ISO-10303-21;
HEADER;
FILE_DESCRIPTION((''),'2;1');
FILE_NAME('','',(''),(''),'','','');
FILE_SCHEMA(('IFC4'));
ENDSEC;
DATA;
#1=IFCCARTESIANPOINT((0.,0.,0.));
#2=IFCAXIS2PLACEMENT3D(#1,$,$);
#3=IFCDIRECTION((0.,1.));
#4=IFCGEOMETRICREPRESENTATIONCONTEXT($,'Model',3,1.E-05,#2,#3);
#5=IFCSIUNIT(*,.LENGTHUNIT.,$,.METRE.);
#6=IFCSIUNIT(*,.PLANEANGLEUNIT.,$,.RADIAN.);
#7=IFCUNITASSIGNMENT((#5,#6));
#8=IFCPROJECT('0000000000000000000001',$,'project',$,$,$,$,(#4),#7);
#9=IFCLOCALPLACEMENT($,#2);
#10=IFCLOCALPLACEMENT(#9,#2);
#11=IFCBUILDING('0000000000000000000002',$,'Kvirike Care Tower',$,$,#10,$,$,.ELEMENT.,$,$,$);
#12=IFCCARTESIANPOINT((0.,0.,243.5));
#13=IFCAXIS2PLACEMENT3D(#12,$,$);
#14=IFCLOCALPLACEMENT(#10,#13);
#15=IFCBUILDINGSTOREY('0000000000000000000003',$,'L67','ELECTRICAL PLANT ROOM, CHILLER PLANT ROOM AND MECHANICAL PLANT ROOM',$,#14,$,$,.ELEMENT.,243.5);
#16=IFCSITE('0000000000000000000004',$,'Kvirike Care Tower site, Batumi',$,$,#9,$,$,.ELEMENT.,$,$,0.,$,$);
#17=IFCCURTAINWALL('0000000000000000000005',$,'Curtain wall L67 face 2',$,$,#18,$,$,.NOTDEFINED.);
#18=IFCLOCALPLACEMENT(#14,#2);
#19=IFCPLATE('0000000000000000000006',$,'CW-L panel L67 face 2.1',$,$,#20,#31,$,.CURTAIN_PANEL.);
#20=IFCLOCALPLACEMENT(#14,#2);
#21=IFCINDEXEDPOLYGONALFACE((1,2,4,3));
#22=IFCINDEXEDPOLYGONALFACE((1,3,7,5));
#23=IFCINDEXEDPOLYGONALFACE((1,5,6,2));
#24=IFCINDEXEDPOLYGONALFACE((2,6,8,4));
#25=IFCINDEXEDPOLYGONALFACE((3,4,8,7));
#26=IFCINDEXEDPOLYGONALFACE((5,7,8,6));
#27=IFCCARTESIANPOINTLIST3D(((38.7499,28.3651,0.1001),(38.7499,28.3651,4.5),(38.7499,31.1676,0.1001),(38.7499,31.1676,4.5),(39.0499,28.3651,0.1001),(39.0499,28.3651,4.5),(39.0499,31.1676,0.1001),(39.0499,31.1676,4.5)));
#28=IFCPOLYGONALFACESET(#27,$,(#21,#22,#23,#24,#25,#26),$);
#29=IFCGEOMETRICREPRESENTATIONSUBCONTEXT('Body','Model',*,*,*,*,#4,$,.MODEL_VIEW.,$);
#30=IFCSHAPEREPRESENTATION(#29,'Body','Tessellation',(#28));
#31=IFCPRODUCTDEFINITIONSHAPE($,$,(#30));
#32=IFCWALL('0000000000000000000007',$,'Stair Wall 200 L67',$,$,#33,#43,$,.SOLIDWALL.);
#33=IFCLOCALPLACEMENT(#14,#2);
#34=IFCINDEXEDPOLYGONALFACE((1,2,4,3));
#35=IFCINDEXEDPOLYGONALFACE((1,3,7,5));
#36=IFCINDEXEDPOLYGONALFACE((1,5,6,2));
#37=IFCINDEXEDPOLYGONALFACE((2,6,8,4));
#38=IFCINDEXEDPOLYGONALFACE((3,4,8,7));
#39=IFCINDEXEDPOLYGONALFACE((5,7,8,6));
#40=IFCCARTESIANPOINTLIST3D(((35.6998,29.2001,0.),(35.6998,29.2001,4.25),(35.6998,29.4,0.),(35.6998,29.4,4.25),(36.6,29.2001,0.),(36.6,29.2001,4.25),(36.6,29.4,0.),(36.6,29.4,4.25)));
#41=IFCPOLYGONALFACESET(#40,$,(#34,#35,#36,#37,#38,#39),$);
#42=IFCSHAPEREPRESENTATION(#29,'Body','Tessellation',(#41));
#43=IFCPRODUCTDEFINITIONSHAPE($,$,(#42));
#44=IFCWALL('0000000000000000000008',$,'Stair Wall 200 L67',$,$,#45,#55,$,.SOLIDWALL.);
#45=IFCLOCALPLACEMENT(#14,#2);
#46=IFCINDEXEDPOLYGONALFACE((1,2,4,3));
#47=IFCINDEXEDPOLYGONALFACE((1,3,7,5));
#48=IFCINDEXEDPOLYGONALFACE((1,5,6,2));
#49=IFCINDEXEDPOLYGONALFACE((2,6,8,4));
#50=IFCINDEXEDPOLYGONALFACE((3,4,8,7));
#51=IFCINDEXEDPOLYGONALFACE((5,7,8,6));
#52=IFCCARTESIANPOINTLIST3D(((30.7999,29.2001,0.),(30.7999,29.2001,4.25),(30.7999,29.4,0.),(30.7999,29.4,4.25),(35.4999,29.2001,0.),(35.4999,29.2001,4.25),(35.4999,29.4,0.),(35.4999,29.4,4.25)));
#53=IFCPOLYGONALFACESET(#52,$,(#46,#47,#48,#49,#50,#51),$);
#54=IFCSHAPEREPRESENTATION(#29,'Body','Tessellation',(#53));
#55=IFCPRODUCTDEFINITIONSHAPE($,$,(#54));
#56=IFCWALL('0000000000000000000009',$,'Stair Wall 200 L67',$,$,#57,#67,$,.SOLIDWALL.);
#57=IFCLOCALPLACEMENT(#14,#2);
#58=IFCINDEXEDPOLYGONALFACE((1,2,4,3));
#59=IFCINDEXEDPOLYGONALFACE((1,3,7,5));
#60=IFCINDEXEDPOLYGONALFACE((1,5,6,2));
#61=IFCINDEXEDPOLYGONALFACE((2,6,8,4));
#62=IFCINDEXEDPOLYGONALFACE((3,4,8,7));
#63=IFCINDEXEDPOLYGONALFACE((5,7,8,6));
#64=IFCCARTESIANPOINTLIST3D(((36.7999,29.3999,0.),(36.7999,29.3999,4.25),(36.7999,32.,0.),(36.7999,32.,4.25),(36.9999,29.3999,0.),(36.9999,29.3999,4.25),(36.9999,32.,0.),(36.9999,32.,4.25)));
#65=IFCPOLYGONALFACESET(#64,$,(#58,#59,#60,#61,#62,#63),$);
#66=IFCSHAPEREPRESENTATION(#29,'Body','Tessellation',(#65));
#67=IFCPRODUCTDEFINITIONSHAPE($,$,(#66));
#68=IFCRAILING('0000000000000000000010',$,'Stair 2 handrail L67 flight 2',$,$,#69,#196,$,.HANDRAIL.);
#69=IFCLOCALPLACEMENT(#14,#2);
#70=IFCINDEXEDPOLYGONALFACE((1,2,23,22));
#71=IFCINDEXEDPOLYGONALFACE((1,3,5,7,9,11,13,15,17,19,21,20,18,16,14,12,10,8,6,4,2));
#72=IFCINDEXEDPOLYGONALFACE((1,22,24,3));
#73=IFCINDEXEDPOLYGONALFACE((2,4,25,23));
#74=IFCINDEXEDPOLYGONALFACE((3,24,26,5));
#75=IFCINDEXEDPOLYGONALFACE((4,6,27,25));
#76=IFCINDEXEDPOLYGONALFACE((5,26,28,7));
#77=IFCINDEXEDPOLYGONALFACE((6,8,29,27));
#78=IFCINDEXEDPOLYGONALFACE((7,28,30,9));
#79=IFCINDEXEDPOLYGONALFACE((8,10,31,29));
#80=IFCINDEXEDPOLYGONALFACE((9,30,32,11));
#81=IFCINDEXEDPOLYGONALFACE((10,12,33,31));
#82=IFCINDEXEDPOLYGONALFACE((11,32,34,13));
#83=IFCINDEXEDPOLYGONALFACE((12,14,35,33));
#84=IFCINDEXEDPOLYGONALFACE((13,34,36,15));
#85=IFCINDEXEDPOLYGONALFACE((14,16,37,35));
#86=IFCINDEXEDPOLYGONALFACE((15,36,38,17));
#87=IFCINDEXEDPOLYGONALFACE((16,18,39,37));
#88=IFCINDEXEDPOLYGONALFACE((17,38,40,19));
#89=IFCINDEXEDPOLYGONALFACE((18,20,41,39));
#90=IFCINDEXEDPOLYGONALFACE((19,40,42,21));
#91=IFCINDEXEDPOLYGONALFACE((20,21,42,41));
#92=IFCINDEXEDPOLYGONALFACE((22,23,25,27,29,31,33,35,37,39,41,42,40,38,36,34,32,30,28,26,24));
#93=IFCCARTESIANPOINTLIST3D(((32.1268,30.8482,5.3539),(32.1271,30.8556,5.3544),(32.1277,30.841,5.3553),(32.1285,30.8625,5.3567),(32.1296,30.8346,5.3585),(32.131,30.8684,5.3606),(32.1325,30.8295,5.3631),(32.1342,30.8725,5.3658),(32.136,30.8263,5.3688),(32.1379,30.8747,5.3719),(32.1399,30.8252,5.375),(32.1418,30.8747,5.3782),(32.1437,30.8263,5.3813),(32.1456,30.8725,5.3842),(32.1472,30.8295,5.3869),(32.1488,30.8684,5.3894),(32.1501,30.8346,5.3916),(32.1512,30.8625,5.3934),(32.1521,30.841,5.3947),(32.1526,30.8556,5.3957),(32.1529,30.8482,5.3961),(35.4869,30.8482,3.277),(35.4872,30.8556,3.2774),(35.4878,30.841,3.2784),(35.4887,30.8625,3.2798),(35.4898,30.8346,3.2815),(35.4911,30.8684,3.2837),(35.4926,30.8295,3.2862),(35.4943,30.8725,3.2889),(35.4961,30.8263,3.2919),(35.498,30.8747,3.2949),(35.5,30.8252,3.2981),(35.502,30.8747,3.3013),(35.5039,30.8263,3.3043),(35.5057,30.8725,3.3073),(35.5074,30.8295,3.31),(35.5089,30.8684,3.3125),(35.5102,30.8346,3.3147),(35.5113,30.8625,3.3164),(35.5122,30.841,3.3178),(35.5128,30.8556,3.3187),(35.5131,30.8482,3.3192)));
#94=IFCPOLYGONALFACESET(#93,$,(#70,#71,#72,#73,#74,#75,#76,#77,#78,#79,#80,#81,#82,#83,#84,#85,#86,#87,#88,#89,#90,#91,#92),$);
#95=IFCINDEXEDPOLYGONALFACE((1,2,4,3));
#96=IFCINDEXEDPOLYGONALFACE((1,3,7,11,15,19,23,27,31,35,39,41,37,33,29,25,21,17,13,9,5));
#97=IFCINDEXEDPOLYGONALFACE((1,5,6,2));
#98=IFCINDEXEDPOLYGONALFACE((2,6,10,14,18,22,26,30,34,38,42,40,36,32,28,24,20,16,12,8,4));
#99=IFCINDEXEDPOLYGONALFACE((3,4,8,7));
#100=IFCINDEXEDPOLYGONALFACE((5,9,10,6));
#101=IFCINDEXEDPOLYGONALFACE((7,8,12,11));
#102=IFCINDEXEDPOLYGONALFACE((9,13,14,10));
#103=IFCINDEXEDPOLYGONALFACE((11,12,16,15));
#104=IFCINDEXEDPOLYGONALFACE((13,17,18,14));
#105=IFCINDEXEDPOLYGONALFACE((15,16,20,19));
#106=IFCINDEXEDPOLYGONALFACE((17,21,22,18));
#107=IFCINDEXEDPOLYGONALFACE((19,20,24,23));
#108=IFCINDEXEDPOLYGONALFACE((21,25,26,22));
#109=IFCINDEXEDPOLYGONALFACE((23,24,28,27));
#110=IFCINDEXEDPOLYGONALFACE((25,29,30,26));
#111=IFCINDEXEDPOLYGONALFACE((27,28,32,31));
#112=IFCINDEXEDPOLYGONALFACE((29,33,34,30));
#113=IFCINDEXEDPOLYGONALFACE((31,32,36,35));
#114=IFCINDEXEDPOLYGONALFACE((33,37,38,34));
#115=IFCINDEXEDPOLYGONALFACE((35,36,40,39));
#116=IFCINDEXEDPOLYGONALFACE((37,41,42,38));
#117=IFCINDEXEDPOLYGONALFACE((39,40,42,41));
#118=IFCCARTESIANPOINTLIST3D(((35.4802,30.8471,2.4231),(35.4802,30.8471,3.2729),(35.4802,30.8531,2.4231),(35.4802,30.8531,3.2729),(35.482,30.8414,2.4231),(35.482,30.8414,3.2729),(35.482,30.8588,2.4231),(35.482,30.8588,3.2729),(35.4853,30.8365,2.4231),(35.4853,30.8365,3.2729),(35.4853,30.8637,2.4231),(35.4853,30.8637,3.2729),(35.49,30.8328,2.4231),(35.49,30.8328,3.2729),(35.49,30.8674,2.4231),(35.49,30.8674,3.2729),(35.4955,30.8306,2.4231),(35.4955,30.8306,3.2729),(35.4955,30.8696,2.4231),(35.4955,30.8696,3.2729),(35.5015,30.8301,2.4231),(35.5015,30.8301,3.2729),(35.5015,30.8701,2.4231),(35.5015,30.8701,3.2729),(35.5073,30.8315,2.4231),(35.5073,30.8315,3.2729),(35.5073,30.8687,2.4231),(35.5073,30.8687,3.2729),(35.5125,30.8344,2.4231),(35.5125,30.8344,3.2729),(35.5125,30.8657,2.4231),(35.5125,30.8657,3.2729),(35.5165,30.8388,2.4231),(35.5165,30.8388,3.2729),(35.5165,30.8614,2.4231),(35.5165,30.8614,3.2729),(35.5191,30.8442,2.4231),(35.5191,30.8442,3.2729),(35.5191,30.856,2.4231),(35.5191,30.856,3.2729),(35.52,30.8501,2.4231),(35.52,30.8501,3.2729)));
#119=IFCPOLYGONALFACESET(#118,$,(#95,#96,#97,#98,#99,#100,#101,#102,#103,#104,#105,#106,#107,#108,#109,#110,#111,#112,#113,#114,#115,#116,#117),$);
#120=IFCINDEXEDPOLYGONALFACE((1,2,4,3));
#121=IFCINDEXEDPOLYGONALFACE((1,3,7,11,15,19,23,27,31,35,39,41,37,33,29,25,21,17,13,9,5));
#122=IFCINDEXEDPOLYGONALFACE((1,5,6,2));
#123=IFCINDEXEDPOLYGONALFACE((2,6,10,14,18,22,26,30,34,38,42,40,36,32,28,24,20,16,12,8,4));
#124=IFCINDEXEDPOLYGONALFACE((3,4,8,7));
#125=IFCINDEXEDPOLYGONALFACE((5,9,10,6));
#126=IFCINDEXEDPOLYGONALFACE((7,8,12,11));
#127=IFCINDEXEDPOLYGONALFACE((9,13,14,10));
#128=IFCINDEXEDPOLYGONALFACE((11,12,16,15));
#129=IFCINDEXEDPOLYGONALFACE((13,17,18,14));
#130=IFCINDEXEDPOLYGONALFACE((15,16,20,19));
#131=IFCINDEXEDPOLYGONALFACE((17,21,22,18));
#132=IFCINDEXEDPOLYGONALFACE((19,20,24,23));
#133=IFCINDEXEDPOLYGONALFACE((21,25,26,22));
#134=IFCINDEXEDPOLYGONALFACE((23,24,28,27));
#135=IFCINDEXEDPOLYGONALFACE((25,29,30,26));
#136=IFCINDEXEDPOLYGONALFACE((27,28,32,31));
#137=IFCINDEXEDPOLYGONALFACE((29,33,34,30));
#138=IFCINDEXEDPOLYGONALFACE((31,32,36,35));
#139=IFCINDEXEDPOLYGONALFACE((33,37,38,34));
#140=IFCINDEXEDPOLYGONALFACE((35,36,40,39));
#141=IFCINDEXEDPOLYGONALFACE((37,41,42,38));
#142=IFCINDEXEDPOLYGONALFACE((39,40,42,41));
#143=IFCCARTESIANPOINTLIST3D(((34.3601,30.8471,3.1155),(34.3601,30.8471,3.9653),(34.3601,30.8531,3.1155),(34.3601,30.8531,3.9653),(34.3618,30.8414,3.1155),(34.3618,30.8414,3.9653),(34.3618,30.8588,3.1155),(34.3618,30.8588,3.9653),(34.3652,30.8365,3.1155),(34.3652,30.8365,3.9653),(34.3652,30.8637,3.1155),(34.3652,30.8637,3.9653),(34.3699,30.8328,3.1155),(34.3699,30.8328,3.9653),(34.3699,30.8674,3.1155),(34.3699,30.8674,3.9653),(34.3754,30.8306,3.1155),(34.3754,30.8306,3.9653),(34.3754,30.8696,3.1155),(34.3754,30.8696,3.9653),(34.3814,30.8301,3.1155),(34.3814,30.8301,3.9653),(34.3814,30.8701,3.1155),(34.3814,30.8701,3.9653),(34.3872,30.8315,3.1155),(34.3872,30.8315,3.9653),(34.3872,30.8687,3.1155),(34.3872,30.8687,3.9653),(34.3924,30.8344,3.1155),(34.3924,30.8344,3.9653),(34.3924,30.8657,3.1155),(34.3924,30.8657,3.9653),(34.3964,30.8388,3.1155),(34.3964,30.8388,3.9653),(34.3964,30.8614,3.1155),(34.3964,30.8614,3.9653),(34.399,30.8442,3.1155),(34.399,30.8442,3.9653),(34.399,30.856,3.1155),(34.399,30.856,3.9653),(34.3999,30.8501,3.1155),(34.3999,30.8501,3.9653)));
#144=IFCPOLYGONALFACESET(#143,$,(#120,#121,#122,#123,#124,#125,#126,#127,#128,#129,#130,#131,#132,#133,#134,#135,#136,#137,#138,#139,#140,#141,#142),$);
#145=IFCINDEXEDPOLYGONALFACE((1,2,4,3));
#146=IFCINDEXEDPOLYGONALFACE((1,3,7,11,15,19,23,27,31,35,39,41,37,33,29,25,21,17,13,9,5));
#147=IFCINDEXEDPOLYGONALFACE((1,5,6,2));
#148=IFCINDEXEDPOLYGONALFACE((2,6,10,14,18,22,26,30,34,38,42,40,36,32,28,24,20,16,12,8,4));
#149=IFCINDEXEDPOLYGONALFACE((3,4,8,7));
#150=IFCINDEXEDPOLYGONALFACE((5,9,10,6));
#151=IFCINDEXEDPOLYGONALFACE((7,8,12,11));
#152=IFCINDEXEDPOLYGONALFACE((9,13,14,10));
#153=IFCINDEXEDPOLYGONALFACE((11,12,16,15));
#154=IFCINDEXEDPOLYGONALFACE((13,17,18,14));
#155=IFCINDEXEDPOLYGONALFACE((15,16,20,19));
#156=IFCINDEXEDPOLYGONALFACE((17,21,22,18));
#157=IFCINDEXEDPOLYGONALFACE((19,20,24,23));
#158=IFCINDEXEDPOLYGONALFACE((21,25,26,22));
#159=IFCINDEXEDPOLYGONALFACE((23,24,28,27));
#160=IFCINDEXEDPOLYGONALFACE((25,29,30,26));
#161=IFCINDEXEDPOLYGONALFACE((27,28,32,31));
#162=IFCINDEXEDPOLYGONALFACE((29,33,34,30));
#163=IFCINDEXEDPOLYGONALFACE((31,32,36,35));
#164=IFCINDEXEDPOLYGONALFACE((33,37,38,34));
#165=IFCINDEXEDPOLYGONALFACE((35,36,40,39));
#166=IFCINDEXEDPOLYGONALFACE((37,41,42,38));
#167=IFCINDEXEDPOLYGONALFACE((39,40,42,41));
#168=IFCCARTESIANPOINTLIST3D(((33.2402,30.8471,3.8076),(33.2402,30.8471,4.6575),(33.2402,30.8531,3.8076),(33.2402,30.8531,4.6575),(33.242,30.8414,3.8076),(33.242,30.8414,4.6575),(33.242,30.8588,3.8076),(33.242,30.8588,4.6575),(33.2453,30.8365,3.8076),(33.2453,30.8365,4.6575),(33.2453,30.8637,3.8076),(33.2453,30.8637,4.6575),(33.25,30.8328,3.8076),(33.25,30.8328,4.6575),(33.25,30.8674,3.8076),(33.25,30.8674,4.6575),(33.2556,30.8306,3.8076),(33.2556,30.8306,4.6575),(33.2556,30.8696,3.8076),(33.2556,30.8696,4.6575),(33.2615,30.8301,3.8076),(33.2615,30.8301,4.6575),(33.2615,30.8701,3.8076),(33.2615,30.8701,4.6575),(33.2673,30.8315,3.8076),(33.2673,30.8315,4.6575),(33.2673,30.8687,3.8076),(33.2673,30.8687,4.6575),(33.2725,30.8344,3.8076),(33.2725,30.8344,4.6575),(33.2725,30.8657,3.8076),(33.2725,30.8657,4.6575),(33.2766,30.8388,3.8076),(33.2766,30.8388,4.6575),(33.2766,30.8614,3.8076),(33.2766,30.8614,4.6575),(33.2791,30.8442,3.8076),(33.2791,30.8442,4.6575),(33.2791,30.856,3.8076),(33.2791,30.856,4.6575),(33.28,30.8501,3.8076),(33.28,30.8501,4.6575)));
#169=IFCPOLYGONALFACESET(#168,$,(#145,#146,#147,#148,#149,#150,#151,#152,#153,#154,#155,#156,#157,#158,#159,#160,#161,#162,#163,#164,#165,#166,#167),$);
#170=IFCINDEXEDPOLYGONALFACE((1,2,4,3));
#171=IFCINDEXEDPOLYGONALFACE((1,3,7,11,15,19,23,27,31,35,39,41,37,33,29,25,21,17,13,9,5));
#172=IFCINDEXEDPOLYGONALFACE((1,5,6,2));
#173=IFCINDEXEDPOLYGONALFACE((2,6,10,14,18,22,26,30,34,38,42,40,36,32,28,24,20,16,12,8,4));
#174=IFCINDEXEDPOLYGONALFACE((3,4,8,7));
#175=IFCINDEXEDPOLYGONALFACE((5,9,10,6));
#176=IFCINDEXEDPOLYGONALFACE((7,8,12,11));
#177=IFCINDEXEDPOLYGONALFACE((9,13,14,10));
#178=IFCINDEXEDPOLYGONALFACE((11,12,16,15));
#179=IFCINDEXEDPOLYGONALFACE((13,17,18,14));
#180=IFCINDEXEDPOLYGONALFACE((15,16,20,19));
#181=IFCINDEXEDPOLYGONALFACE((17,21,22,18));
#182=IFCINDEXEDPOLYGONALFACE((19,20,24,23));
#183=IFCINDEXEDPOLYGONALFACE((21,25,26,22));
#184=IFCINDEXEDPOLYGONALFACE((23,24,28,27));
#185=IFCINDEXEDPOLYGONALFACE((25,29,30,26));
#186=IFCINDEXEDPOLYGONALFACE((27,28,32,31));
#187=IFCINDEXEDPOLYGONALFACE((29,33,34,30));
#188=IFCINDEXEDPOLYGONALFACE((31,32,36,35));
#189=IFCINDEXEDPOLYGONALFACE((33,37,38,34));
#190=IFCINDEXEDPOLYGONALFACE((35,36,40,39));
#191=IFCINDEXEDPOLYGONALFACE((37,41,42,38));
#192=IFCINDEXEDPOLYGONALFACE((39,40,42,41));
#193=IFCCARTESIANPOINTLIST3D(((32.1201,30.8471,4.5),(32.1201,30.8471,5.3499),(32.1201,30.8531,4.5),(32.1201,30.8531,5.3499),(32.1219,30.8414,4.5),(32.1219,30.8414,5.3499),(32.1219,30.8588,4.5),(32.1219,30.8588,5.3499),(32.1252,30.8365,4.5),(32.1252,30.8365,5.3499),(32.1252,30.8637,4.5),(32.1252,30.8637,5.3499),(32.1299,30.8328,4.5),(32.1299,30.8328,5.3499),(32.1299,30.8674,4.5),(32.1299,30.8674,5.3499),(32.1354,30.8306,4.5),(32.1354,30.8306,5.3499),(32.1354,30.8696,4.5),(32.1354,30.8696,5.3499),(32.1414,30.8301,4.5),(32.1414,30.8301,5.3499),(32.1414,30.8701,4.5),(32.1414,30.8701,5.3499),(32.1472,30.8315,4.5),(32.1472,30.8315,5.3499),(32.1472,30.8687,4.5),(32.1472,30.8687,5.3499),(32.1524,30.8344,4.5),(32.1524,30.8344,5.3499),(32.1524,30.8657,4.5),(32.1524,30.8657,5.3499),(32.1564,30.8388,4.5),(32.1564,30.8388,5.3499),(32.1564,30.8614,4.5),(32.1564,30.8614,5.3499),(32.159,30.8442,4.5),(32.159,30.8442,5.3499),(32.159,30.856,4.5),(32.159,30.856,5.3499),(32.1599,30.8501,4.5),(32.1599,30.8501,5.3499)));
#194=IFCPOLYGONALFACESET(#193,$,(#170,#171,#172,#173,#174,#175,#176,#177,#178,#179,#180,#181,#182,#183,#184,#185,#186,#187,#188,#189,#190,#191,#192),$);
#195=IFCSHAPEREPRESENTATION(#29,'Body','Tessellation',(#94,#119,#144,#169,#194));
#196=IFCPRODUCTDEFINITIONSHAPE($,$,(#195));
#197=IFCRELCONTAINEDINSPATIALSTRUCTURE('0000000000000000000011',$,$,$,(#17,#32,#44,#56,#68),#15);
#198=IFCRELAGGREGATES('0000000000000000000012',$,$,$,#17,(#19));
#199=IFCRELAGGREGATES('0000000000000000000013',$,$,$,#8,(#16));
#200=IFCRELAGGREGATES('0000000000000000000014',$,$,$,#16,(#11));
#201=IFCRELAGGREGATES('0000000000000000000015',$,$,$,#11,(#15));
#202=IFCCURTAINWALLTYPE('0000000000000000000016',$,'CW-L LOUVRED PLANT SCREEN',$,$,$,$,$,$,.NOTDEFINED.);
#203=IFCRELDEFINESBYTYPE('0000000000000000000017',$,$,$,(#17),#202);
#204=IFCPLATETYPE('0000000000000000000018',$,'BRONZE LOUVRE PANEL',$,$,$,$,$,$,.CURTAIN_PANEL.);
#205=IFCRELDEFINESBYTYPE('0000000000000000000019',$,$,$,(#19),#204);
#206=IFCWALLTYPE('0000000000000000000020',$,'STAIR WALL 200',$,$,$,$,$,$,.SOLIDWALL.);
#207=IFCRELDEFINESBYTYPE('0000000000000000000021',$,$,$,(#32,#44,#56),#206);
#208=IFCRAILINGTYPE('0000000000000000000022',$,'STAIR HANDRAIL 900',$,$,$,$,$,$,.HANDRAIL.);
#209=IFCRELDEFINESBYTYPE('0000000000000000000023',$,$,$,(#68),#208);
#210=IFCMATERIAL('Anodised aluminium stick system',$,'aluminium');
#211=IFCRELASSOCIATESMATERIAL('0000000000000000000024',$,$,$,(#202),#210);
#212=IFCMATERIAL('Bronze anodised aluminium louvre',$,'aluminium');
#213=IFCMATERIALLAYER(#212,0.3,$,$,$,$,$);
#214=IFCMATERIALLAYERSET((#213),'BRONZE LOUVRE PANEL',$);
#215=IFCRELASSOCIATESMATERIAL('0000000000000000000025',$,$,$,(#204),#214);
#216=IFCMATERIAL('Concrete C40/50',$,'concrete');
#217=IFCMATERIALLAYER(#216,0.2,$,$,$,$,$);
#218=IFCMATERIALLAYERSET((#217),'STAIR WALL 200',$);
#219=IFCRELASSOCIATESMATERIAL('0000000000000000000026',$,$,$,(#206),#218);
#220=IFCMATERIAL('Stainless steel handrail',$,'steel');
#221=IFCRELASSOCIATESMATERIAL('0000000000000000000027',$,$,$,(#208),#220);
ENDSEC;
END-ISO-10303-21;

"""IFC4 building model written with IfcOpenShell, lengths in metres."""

from ifc_helpers import new_model, si_unit, direction, frame, frame_2d, origin, origin_2d, place, context, subcontext, project, spatial, rectangle, circle, extrude, material, layer, layer_set, type_object, element, aggregate, save


model = new_model("IFC4")

# Units and contexts
model_context = context("Model", 3, precision=1e-05, world=origin(), true_north=direction((0.0, 1.0)))
body_context = subcontext(model_context, "Body", "Model", "MODEL_VIEW")
ifc_project = project(units=[si_unit("LENGTHUNIT", "METRE"), si_unit("PLANEANGLEUNIT", "RADIAN")], contexts=[model_context])

# Site, building, storey
site_placement = place(None, origin())
site = spatial("IfcSite", under=ifc_project, at=site_placement, Name="Kvirike Care Tower site, Batumi", CompositionType="ELEMENT", RefElevation=0.0)
building_placement = place(site_placement, origin())
building = spatial("IfcBuilding", under=site, at=building_placement, Name="Kvirike Care Tower", CompositionType="ELEMENT")
storey_placement = place(building_placement, frame((0.0, 0.0, 243.5)))
storey = spatial("IfcBuildingStorey", under=building, at=storey_placement, Name="L67", Description="ELECTRICAL PLANT ROOM, CHILLER PLANT ROOM AND MECHANICAL PLANT ROOM", CompositionType="ELEMENT", Elevation=243.5)

# Curtain wall
ifc_material_1 = material(Name="Anodised aluminium stick system", Category="aluminium")
curtain_wall_type = type_object("IfcCurtainWallType", Name="CW-L LOUVRED PLANT SCREEN", PredefinedType="NOTDEFINED", material=ifc_material_1)
curtain_wall_1_placement = place(storey_placement, origin())
curtain_wall_1 = element("IfcCurtainWall", 1, at=curtain_wall_1_placement, inside=storey, type_object=curtain_wall_type, Name="Curtain wall L67 face 2", PredefinedType="NOTDEFINED")

# Plate
ifc_material_2 = material(Name="Bronze anodised aluminium louvre", Category="aluminium")
ifc_layer_1 = layer(ifc_material_2, 0.3)
ifc_layer_set_1 = layer_set([ifc_layer_1], Name="BRONZE LOUVRE PANEL")
plate_type = type_object("IfcPlateType", Name="BRONZE LOUVRE PANEL", PredefinedType="CURTAIN_PANEL", material=ifc_layer_set_1)
plate_1_placement = place(storey_placement, frame((38.8999, 29.7664, 0.1001), z_axis=(0.0, 0.0, 1.0), x_axis=(0.0, 1.0, 0.0)))
plate_1 = element("IfcPlate", 2, at=plate_1_placement, type_object=plate_type, Name="CW-L panel L67 face 2.1", PredefinedType="CURTAIN_PANEL", context=body_context, shape_type="SweptSolid", body=[
    extrude(rectangle(XDim=2.8025, YDim=0.3, at=origin_2d()), origin(), (0.0, 0.0, 1.0), 4.3999),
])
aggregate(curtain_wall_1, [plate_1])

# Walls
ifc_material_3 = material(Name="Concrete C40/50", Category="concrete")
ifc_layer_2 = layer(ifc_material_3, 0.2)
ifc_layer_set_2 = layer_set([ifc_layer_2], Name="STAIR WALL 200")
wall_type = type_object("IfcWallType", Name="STAIR WALL 200", PredefinedType="SOLIDWALL", material=ifc_layer_set_2)
wall_1_placement = place(storey_placement, frame((36.6001, 29.3, 0.0), z_axis=(0.0, 0.0, 1.0), x_axis=(-1.0, 0.0, 0.0)))
element("IfcWall", 3, at=wall_1_placement, inside=storey, type_object=wall_type, Name="Stair Wall 200 L67", PredefinedType="SOLIDWALL", context=body_context, shape_type="SweptSolid", body=[
    extrude(rectangle(XDim=0.9001, YDim=0.2, at=frame_2d((0.4502, 0.0))), origin(), (0.0, 0.0, 1.0), 4.25),
])
wall_2_placement = place(storey_placement, frame((35.5, 29.3, 0.0), z_axis=(0.0, 0.0, 1.0), x_axis=(-1.0, 0.0, 0.0)))
element("IfcWall", 4, at=wall_2_placement, inside=storey, type_object=wall_type, Name="Stair Wall 200 L67", PredefinedType="SOLIDWALL", context=body_context, shape_type="SweptSolid", body=[
    extrude(rectangle(XDim=4.7, YDim=0.2, at=frame_2d((2.3501, 0.0))), origin(), (0.0, 0.0, 1.0), 4.25),
])
wall_3_placement = place(storey_placement, frame((36.8999, 29.3999, 0.0), z_axis=(0.0, 0.0, 1.0), x_axis=(0.0, 1.0, 0.0)))
element("IfcWall", 5, at=wall_3_placement, inside=storey, type_object=wall_type, Name="Stair Wall 200 L67", PredefinedType="SOLIDWALL", context=body_context, shape_type="SweptSolid", body=[
    extrude(rectangle(XDim=2.6001, YDim=0.2, at=frame_2d((1.3, 0.0))), origin(), (0.0, 0.0, 1.0), 4.25),
])

# Railing
ifc_material_4 = material(Name="Stainless steel handrail", Category="steel")
railing_type = type_object("IfcRailingType", Name="STAIR HANDRAIL 900", PredefinedType="HANDRAIL", material=ifc_material_4)
railing_placement = place(storey_placement, frame((35.5, 30.8501, 2.4231)))
element("IfcRailing", 6, at=railing_placement, inside=storey, type_object=railing_type, Name="Stair 2 handrail L67 flight 2", PredefinedType="HANDRAIL", context=body_context, shape_type="SweptSolid", body=[
    extrude(circle(Radius=0.0249, at=origin_2d()), frame((0.0, 0.0, 0.875), z_axis=(-0.850623, 0.0, 0.525776), x_axis=(0.0, -1.0, 0.0)), (0.0, 0.0, 1.0), 3.9502),
    extrude(circle(Radius=0.02, at=origin_2d()), origin(), (0.0, 0.0, 1.0), 0.8499),
    extrude(circle(Radius=0.02, at=origin_2d()), frame((-1.1201, 0.0, 0.6924)), (0.0, 0.0, 1.0), 0.8499),
    extrude(circle(Radius=0.02, at=origin_2d()), frame((-2.24, 0.0, 1.3845)), (0.0, 0.0, 1.0), 0.8499),
    extrude(circle(Radius=0.02, at=origin_2d()), frame((-3.3601, 0.0, 2.0769)), (0.0, 0.0, 1.0), 0.8499),
])

save(model, "model.ifc")
